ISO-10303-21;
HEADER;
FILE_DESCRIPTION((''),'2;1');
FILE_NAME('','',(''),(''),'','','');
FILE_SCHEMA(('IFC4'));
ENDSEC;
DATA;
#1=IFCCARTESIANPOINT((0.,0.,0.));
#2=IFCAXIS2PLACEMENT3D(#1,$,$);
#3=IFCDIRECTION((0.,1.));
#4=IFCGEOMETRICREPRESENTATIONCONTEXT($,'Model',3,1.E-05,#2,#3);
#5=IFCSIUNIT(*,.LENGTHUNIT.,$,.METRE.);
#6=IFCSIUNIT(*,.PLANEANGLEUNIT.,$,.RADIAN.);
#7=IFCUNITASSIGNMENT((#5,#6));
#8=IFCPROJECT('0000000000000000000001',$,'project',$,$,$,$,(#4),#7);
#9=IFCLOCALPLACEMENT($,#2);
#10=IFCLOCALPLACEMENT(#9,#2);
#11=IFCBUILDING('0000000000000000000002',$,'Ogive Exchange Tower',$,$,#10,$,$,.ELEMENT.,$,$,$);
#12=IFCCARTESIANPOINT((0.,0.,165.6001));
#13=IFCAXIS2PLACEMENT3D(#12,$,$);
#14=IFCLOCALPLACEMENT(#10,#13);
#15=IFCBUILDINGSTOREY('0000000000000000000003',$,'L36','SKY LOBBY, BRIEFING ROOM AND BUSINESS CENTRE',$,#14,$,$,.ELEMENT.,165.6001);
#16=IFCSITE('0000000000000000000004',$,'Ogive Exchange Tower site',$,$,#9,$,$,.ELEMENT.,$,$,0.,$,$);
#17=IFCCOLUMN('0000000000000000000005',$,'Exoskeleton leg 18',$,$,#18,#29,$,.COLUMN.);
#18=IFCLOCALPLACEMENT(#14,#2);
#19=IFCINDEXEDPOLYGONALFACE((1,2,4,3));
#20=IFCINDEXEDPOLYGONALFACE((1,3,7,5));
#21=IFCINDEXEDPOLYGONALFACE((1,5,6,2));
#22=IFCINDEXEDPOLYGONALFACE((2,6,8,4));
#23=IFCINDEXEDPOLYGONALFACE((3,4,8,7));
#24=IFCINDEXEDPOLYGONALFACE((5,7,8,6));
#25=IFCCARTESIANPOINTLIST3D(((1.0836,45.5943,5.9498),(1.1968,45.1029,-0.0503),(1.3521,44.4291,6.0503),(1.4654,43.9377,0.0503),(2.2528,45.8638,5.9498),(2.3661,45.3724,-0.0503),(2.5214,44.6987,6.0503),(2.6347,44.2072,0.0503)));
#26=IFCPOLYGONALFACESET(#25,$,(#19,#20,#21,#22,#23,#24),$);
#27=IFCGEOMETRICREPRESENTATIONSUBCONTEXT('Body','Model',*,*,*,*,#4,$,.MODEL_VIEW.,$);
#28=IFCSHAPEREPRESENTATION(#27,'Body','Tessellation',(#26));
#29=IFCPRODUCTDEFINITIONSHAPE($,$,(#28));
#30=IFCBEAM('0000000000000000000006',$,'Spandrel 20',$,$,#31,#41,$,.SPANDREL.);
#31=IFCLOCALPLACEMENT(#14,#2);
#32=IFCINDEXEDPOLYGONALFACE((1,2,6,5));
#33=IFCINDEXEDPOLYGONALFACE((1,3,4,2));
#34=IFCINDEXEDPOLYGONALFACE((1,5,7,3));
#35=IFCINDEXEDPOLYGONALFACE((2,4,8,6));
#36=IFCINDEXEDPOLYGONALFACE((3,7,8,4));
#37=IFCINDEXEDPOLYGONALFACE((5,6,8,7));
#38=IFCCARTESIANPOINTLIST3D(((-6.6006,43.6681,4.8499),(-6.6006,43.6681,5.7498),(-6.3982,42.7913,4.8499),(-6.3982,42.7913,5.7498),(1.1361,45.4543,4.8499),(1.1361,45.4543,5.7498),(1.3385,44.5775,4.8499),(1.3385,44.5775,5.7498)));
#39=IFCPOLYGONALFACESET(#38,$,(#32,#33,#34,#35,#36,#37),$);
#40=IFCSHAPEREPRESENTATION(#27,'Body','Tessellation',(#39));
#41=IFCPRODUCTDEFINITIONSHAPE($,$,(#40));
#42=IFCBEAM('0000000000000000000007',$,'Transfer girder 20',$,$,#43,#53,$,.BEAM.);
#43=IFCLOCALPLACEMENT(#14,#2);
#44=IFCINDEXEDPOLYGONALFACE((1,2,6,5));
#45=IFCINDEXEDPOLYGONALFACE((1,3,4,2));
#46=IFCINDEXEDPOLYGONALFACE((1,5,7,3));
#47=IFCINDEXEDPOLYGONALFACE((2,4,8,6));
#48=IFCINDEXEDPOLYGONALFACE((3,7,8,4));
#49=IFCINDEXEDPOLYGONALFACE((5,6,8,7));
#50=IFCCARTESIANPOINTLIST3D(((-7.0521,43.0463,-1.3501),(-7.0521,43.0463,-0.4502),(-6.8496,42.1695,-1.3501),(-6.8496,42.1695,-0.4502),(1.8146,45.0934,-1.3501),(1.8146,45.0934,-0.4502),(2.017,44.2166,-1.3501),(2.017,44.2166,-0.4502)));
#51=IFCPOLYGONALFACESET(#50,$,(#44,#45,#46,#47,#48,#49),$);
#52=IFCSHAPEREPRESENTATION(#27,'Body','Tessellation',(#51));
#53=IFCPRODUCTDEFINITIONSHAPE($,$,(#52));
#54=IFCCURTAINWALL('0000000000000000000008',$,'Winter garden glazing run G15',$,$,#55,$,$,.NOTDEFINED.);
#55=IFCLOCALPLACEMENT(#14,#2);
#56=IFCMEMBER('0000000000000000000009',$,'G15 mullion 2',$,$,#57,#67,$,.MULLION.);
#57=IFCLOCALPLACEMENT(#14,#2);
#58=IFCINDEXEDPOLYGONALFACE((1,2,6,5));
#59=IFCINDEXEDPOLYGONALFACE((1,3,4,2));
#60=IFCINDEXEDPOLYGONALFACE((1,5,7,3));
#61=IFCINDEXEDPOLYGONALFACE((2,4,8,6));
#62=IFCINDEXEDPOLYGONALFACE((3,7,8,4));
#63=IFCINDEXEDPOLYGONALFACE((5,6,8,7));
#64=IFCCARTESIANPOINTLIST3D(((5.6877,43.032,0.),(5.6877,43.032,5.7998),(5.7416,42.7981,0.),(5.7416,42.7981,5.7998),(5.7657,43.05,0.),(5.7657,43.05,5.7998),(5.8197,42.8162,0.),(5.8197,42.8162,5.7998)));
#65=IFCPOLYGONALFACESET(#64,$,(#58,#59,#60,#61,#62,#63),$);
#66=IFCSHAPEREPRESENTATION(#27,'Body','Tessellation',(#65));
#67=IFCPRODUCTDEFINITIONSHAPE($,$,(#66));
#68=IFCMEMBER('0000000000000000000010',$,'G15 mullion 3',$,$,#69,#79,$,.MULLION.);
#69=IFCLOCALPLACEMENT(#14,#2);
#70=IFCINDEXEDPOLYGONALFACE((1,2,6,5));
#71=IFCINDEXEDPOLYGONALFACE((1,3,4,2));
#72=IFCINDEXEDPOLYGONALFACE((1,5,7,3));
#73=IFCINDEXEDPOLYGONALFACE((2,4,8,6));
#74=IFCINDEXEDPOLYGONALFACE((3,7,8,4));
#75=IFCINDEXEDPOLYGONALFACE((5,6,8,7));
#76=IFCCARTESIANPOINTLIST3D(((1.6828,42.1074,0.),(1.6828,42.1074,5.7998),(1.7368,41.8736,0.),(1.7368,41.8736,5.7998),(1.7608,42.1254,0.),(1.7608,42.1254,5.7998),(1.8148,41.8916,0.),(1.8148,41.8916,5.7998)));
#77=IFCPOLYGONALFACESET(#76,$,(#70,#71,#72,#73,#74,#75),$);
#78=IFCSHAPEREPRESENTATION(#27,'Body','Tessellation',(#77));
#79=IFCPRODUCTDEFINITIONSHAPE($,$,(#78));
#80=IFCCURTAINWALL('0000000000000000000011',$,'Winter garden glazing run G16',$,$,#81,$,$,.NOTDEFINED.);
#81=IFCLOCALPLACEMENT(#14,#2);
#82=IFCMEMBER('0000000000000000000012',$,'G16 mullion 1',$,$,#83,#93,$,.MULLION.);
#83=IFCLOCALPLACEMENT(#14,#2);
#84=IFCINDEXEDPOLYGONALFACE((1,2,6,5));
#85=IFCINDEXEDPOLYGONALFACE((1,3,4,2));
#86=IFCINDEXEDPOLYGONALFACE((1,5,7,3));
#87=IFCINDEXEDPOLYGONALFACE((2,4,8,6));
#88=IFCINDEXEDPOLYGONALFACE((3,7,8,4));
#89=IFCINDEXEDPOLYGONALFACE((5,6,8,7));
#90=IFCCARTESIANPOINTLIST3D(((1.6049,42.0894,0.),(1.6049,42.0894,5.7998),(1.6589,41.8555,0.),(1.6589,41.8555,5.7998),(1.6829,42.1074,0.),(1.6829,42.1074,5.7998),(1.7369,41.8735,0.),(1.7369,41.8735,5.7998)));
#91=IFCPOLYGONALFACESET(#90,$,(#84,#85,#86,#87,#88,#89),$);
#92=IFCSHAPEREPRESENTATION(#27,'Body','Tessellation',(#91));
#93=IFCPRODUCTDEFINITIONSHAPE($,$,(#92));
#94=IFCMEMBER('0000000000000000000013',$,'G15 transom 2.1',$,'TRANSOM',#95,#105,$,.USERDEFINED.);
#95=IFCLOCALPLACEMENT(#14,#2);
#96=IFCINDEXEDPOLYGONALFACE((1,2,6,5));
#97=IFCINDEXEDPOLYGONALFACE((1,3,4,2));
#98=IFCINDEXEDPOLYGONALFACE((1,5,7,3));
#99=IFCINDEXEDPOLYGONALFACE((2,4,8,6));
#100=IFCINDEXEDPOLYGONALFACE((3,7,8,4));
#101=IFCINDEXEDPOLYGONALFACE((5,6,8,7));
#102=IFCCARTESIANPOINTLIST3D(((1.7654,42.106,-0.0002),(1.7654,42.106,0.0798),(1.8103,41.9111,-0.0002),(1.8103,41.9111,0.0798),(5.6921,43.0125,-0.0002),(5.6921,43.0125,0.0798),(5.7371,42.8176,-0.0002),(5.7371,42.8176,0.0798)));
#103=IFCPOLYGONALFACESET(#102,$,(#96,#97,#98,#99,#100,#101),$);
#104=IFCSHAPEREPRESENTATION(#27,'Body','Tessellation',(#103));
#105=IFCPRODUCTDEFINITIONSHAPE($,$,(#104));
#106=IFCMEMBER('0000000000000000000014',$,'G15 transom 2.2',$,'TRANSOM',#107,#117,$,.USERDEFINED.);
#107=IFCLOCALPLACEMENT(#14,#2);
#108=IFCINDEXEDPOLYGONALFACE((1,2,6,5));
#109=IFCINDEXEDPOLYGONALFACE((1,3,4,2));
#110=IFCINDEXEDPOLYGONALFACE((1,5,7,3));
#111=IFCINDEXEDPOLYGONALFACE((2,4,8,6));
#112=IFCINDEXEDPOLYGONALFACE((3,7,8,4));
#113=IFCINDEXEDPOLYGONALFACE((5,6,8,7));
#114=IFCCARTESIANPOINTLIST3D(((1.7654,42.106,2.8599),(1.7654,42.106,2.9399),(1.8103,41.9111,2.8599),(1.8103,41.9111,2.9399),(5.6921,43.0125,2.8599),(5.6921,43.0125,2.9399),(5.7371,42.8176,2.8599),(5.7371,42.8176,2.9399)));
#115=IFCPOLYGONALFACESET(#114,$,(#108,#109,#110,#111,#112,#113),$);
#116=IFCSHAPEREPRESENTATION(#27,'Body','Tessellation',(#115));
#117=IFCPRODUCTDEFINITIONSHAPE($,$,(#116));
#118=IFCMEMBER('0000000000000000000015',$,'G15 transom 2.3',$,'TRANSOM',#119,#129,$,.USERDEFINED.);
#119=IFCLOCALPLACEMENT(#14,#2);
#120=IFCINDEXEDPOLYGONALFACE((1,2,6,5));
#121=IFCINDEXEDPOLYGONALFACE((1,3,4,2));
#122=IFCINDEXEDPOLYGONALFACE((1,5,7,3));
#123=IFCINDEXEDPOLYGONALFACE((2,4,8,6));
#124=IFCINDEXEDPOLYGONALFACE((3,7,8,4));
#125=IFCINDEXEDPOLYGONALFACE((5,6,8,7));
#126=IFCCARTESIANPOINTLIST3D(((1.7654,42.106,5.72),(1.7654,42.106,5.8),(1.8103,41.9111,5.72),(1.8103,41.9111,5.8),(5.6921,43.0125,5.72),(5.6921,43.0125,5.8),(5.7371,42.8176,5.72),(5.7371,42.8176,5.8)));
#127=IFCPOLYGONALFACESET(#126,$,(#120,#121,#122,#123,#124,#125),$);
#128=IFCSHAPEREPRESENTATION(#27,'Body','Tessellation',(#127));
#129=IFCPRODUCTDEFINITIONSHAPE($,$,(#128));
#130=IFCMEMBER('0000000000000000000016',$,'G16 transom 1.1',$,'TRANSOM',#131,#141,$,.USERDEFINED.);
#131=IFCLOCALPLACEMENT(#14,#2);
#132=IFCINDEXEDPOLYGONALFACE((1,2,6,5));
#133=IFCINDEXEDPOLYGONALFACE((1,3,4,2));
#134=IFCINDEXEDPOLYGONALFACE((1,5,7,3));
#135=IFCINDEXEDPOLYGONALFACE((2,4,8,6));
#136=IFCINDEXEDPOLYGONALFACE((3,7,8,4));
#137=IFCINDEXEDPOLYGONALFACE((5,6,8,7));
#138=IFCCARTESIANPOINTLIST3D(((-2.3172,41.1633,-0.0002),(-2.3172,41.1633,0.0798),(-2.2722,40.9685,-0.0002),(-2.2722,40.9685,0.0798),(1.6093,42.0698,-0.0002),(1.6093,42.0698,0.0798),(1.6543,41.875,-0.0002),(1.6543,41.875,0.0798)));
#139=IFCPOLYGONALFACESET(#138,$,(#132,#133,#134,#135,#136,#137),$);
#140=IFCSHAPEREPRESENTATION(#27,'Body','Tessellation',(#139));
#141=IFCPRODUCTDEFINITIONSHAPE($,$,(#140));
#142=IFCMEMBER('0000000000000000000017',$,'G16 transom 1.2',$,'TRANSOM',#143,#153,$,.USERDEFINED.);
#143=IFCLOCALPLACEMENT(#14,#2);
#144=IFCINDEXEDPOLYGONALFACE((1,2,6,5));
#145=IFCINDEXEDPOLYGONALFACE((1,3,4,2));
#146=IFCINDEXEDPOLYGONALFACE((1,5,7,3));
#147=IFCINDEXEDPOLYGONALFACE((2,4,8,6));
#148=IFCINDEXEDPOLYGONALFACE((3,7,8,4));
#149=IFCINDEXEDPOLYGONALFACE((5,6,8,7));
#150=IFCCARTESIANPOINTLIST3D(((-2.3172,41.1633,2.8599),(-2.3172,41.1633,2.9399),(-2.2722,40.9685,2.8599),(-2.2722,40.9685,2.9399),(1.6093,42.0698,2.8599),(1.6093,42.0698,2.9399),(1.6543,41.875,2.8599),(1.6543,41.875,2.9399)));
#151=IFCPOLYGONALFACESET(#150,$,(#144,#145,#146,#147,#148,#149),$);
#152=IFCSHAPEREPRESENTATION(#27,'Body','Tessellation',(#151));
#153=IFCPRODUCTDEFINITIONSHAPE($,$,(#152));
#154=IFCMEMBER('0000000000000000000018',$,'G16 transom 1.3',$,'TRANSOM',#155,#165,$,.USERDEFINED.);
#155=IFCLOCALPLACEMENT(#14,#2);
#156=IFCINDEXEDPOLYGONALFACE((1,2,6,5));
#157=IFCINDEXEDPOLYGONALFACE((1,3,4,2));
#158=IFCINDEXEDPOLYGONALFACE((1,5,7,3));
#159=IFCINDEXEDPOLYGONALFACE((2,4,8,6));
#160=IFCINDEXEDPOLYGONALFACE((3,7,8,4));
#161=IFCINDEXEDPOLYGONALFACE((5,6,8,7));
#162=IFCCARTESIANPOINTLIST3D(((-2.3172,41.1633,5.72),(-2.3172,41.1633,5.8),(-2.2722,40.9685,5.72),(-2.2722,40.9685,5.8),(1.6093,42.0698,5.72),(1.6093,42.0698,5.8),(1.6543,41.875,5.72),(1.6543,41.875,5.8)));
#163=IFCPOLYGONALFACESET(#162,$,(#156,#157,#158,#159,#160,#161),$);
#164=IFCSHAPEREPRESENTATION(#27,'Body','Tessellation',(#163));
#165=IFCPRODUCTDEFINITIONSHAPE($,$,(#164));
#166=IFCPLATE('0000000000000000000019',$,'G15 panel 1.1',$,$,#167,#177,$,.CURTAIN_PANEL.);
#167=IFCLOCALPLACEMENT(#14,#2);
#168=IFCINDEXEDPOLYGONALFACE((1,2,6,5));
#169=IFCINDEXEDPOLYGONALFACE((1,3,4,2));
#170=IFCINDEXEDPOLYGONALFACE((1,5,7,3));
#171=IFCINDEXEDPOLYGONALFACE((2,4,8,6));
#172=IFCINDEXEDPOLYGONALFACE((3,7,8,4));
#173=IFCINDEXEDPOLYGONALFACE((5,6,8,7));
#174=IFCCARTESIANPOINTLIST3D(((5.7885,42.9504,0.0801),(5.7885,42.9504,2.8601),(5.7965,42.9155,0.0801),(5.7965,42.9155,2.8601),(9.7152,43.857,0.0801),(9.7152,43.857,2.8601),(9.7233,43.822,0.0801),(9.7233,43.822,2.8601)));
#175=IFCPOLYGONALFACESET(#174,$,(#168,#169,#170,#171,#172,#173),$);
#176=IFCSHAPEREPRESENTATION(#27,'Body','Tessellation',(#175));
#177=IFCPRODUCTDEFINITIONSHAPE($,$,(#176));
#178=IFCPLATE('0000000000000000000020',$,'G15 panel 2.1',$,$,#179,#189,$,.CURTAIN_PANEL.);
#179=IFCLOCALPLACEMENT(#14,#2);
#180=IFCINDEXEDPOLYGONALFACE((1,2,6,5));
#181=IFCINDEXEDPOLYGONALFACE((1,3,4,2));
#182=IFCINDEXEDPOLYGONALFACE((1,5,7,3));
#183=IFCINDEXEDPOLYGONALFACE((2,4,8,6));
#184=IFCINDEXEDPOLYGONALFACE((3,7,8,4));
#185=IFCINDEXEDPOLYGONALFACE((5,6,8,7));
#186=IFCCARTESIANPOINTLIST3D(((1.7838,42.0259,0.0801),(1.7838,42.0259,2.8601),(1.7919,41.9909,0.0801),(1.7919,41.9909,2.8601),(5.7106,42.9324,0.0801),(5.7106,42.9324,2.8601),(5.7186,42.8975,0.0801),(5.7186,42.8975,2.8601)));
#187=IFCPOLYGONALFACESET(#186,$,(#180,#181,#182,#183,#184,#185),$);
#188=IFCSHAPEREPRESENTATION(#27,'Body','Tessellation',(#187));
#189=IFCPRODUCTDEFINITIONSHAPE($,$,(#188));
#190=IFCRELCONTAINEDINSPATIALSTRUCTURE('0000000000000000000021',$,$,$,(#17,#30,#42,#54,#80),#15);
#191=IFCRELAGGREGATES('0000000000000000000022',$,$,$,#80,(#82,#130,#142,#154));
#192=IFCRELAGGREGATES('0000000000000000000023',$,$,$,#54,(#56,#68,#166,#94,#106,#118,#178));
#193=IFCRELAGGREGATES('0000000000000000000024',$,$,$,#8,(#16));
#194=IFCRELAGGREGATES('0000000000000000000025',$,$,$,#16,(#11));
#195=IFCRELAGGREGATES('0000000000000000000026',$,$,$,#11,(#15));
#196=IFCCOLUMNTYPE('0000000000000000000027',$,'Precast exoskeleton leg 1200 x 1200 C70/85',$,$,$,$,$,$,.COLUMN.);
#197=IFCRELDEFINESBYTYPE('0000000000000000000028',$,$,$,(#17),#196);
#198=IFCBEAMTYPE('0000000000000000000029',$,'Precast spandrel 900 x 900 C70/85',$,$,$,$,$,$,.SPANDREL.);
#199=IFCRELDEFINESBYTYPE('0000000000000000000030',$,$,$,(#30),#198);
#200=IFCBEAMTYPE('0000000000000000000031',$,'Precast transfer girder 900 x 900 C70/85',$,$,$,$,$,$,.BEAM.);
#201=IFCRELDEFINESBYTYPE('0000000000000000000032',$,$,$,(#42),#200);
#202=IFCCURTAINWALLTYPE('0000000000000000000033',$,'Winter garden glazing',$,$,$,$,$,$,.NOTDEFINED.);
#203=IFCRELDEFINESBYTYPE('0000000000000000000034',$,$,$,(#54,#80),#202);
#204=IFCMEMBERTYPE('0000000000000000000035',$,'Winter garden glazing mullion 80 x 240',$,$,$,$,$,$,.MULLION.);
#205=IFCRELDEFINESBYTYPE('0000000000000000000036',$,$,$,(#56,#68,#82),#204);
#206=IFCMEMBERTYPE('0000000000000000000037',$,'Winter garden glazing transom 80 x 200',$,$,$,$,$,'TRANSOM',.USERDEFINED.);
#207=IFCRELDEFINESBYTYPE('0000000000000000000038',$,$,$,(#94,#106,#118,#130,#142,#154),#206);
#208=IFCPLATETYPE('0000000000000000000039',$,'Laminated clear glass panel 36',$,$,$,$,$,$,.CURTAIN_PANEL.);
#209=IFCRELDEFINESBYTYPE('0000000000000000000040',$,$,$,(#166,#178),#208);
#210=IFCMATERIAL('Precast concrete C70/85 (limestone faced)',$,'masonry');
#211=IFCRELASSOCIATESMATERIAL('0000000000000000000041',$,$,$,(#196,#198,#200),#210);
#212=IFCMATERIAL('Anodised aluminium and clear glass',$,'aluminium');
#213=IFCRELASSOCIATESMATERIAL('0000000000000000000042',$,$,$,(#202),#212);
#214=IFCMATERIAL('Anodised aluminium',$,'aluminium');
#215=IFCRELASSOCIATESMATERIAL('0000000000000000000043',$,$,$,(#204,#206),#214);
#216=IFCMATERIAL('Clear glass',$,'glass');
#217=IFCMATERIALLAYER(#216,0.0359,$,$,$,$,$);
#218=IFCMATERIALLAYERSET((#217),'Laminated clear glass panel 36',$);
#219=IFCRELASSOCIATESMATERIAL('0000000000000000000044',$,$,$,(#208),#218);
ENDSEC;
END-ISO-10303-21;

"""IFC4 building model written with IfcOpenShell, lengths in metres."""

from ifc_helpers import new_model, si_unit, direction, frame, origin, origin_2d, place, context, subcontext, project, spatial, rectangle, extrude, material, layer, layer_set, material_profile, profile_set, type_object, element, aggregate, save


model = new_model("IFC4")

# Units and contexts
model_context = context("Model", 3, precision=1e-05, world=origin(), true_north=direction((0.0, 1.0)))
body_context = subcontext(model_context, "Body", "Model", "MODEL_VIEW")
ifc_project = project(units=[si_unit("LENGTHUNIT", "METRE"), si_unit("PLANEANGLEUNIT", "RADIAN")], contexts=[model_context])

# Site, building, storey
site_placement = place(None, origin())
site = spatial("IfcSite", under=ifc_project, at=site_placement, Name="Ogive Exchange Tower site", CompositionType="ELEMENT", RefElevation=0.0)
building_placement = place(site_placement, origin())
building = spatial("IfcBuilding", under=site, at=building_placement, Name="Ogive Exchange Tower", CompositionType="ELEMENT")
storey_placement = place(building_placement, frame((0.0, 0.0, 165.6001)))
storey = spatial("IfcBuildingStorey", under=building, at=storey_placement, Name="L36", Description="SKY LOBBY, BRIEFING ROOM AND BUSINESS CENTRE", CompositionType="ELEMENT", Elevation=165.6001)

# Column
ifc_material_1 = material(Name="Precast concrete C70/85 (limestone faced)", Category="masonry")
ifc_material_profile_1 = material_profile(ifc_material_1, rectangle(XDim=1.2, YDim=1.2, at=origin_2d()), Name="1200 x 1200")
ifc_profile_set_1 = profile_set([ifc_material_profile_1], Name="Precast concrete C70/85 (limestone faced)")
column_type = type_object("IfcColumnType", Name="Precast exoskeleton leg 1200 x 1200 C70/85", PredefinedType="COLUMN", material=ifc_profile_set_1)
column_placement = place(storey_placement, frame((1.9158, 44.655, 0.0), z_axis=(-0.018814, 0.081621, 0.996486), x_axis=(-0.974448, -0.224612, 0.0)))
element("IfcColumn", 1, at=column_placement, inside=storey, type_object=column_type, Name="Exoskeleton leg 18", PredefinedType="COLUMN", context=body_context, shape_type="SweptSolid", body=[
    extrude(rectangle(XDim=1.2, YDim=1.2, at=origin_2d()), origin(), (0.0, 0.0, 1.0), 6.0212),
])

# Beams
ifc_material_profile_2 = material_profile(ifc_material_1, rectangle(XDim=0.8999, YDim=0.8999, at=origin_2d()), Name="900 x 900")
ifc_profile_set_2 = profile_set([ifc_material_profile_2], Name="Precast concrete C70/85 (limestone faced)")
beam_type_1 = type_object("IfcBeamType", Name="Precast spandrel 900 x 900 C70/85", PredefinedType="SPANDREL", material=ifc_profile_set_2)
beam_1_placement = place(storey_placement, frame((1.2373, 45.0159, 5.2998), z_axis=(-0.97437, -0.224952, 0.0), x_axis=(0.224952, -0.97437, 0.0)))
element("IfcBeam", 2, at=beam_1_placement, inside=storey, type_object=beam_type_1, Name="Spandrel 20", PredefinedType="SPANDREL", context=body_context, shape_type="SweptSolid", body=[
    extrude(rectangle(XDim=0.8999, YDim=0.8999, at=origin_2d()), origin(), (0.0, 0.0, 1.0), 7.9402),
])
ifc_material_profile_3 = material_profile(ifc_material_1, rectangle(XDim=0.8999, YDim=0.8999, at=origin_2d()), Name="900 x 900")
ifc_profile_set_3 = profile_set([ifc_material_profile_3], Name="Precast concrete C70/85 (limestone faced)")
beam_type_2 = type_object("IfcBeamType", Name="Precast transfer girder 900 x 900 C70/85", PredefinedType="BEAM", material=ifc_profile_set_3)
beam_2_placement = place(storey_placement, frame((1.9158, 44.655, -0.9001), z_axis=(-0.974368, -0.224959, 0.0), x_axis=(0.224959, -0.974368, 0.0)))
element("IfcBeam", 3, at=beam_2_placement, inside=storey, type_object=beam_type_2, Name="Transfer girder 20", PredefinedType="BEAM", context=body_context, shape_type="SweptSolid", body=[
    extrude(rectangle(XDim=0.8999, YDim=0.8999, at=origin_2d()), origin(), (0.0, 0.0, 1.0), 9.0999),
])

# Curtain wall, members
ifc_material_2 = material(Name="Anodised aluminium and clear glass", Category="aluminium")
curtain_wall_type = type_object("IfcCurtainWallType", Name="Winter garden glazing", PredefinedType="NOTDEFINED", material=ifc_material_2)
curtain_wall_1_placement = place(storey_placement, origin())
curtain_wall_1 = element("IfcCurtainWall", 4, at=curtain_wall_1_placement, inside=storey, type_object=curtain_wall_type, Name="Winter garden glazing run G15", PredefinedType="NOTDEFINED")
ifc_material_3 = material(Name="Anodised aluminium", Category="aluminium")
ifc_material_profile_4 = material_profile(ifc_material_3, rectangle(XDim=0.24, YDim=0.0801, at=origin_2d()), Name="AL 80x240")
ifc_profile_set_4 = profile_set([ifc_material_profile_4], Name="Anodised aluminium")
member_type_1 = type_object("IfcMemberType", Name="Winter garden glazing mullion 80 x 240", PredefinedType="MULLION", material=ifc_profile_set_4)
member_1_placement = place(storey_placement, frame((5.7537, 42.9241, 0.0), z_axis=(0.0, 0.0, 1.0), x_axis=(0.224951, -0.97437, 0.0)))
member_1 = element("IfcMember", 5, at=member_1_placement, type_object=member_type_1, Name="G15 mullion 2", PredefinedType="MULLION", context=body_context, shape_type="SweptSolid", body=[
    extrude(rectangle(XDim=0.24, YDim=0.0801, at=origin_2d()), origin(), (0.0, 0.0, 1.0), 5.7998),
])
member_2_placement = place(storey_placement, frame((1.7488, 41.9995, 0.0), z_axis=(0.0, 0.0, 1.0), x_axis=(0.224951, -0.97437, 0.0)))
member_2 = element("IfcMember", 6, at=member_2_placement, type_object=member_type_1, Name="G15 mullion 3", PredefinedType="MULLION", context=body_context, shape_type="SweptSolid", body=[
    extrude(rectangle(XDim=0.24, YDim=0.0801, at=origin_2d()), origin(), (0.0, 0.0, 1.0), 5.7998),
])

# Curtain wall, member
curtain_wall_2_placement = place(storey_placement, origin())
curtain_wall_2 = element("IfcCurtainWall", 7, at=curtain_wall_2_placement, inside=storey, type_object=curtain_wall_type, Name="Winter garden glazing run G16", PredefinedType="NOTDEFINED")
member_3_placement = place(storey_placement, frame((1.6709, 41.9814, 0.0), z_axis=(0.0, 0.0, 1.0), x_axis=(0.224951, -0.97437, 0.0)))
member_3 = element("IfcMember", 8, at=member_3_placement, type_object=member_type_1, Name="G16 mullion 1", PredefinedType="MULLION", context=body_context, shape_type="SweptSolid", body=[
    extrude(rectangle(XDim=0.24, YDim=0.0801, at=origin_2d()), origin(), (0.0, 0.0, 1.0), 5.7998),
])

# Members
ifc_material_profile_5 = material_profile(ifc_material_3, rectangle(XDim=0.2, YDim=0.0801, at=origin_2d()), Name="AL 80x200")
ifc_profile_set_5 = profile_set([ifc_material_profile_5], Name="Anodised aluminium")
member_type_2 = type_object("IfcMemberType", Name="Winter garden glazing transom 80 x 200", ElementType="TRANSOM", PredefinedType="USERDEFINED", material=ifc_profile_set_5)
member_4_placement = place(storey_placement, frame((5.7146, 42.915, 0.0398), z_axis=(-0.974374, -0.224935, 0.0), x_axis=(0.224935, -0.974374, 0.0)))
member_4 = element("IfcMember", 9, at=member_4_placement, type_object=member_type_2, Name="G15 transom 2.1", ObjectType="TRANSOM", PredefinedType="USERDEFINED", context=body_context, shape_type="SweptSolid", body=[
    extrude(rectangle(XDim=0.2, YDim=0.0801, at=origin_2d()), origin(), (0.0, 0.0, 1.0), 4.03),
])
member_5_placement = place(storey_placement, frame((5.7146, 42.915, 2.8999), z_axis=(-0.974374, -0.224935, 0.0), x_axis=(0.224935, -0.974374, 0.0)))
member_5 = element("IfcMember", 10, at=member_5_placement, type_object=member_type_2, Name="G15 transom 2.2", ObjectType="TRANSOM", PredefinedType="USERDEFINED", context=body_context, shape_type="SweptSolid", body=[
    extrude(rectangle(XDim=0.2, YDim=0.0801, at=origin_2d()), origin(), (0.0, 0.0, 1.0), 4.03),
])
member_6_placement = place(storey_placement, frame((5.7146, 42.915, 5.76), z_axis=(-0.974374, -0.224935, 0.0), x_axis=(0.224935, -0.974374, 0.0)))
member_6 = element("IfcMember", 11, at=member_6_placement, type_object=member_type_2, Name="G15 transom 2.3", ObjectType="TRANSOM", PredefinedType="USERDEFINED", context=body_context, shape_type="SweptSolid", body=[
    extrude(rectangle(XDim=0.2, YDim=0.0801, at=origin_2d()), origin(), (0.0, 0.0, 1.0), 4.03),
])
member_7_placement = place(storey_placement, frame((1.6318, 41.9724, 0.0398), z_axis=(-0.974371, -0.224948, 0.0), x_axis=(0.224948, -0.974371, 0.0)))
member_7 = element("IfcMember", 12, at=member_7_placement, type_object=member_type_2, Name="G16 transom 1.1", ObjectType="TRANSOM", PredefinedType="USERDEFINED", context=body_context, shape_type="SweptSolid", body=[
    extrude(rectangle(XDim=0.2, YDim=0.0801, at=origin_2d()), origin(), (0.0, 0.0, 1.0), 4.0298),
])
member_8_placement = place(storey_placement, frame((1.6318, 41.9724, 2.8999), z_axis=(-0.974371, -0.224948, 0.0), x_axis=(0.224948, -0.974371, 0.0)))
member_8 = element("IfcMember", 13, at=member_8_placement, type_object=member_type_2, Name="G16 transom 1.2", ObjectType="TRANSOM", PredefinedType="USERDEFINED", context=body_context, shape_type="SweptSolid", body=[
    extrude(rectangle(XDim=0.2, YDim=0.0801, at=origin_2d()), origin(), (0.0, 0.0, 1.0), 4.0298),
])
member_9_placement = place(storey_placement, frame((1.6318, 41.9724, 5.76), z_axis=(-0.974371, -0.224948, 0.0), x_axis=(0.224948, -0.974371, 0.0)))
member_9 = element("IfcMember", 14, at=member_9_placement, type_object=member_type_2, Name="G16 transom 1.3", ObjectType="TRANSOM", PredefinedType="USERDEFINED", context=body_context, shape_type="SweptSolid", body=[
    extrude(rectangle(XDim=0.2, YDim=0.0801, at=origin_2d()), origin(), (0.0, 0.0, 1.0), 4.0298),
])
aggregate(curtain_wall_2, [member_3, member_7, member_8, member_9])

# Plates
ifc_material_4 = material(Name="Clear glass", Category="glass")
ifc_layer_1 = layer(ifc_material_4, 0.0359)
ifc_layer_set_1 = layer_set([ifc_layer_1], Name="Laminated clear glass panel 36")
plate_type = type_object("IfcPlateType", Name="Laminated clear glass panel 36", PredefinedType="CURTAIN_PANEL", material=ifc_layer_set_1)
plate_1_placement = place(storey_placement, frame((7.7559, 43.3862, 0.0801), z_axis=(0.0, 0.0, 1.0), x_axis=(-0.97437, -0.224951, 0.0)))
plate_1 = element("IfcPlate", 15, at=plate_1_placement, type_object=plate_type, Name="G15 panel 1.1", PredefinedType="CURTAIN_PANEL", context=body_context, shape_type="SweptSolid", body=[
    extrude(rectangle(XDim=4.03, YDim=0.0359, at=origin_2d()), origin(), (0.0, 0.0, 1.0), 2.78),
])
plate_2_placement = place(storey_placement, frame((3.7512, 42.4617, 0.0801), z_axis=(0.0, 0.0, 1.0), x_axis=(-0.97437, -0.224951, 0.0)))
plate_2 = element("IfcPlate", 16, at=plate_2_placement, type_object=plate_type, Name="G15 panel 2.1", PredefinedType="CURTAIN_PANEL", context=body_context, shape_type="SweptSolid", body=[
    extrude(rectangle(XDim=4.03, YDim=0.0359, at=origin_2d()), origin(), (0.0, 0.0, 1.0), 2.78),
])
aggregate(curtain_wall_1, [member_1, member_2, plate_1, member_4, member_5, member_6, plate_2])

save(model, "model.ifc")
